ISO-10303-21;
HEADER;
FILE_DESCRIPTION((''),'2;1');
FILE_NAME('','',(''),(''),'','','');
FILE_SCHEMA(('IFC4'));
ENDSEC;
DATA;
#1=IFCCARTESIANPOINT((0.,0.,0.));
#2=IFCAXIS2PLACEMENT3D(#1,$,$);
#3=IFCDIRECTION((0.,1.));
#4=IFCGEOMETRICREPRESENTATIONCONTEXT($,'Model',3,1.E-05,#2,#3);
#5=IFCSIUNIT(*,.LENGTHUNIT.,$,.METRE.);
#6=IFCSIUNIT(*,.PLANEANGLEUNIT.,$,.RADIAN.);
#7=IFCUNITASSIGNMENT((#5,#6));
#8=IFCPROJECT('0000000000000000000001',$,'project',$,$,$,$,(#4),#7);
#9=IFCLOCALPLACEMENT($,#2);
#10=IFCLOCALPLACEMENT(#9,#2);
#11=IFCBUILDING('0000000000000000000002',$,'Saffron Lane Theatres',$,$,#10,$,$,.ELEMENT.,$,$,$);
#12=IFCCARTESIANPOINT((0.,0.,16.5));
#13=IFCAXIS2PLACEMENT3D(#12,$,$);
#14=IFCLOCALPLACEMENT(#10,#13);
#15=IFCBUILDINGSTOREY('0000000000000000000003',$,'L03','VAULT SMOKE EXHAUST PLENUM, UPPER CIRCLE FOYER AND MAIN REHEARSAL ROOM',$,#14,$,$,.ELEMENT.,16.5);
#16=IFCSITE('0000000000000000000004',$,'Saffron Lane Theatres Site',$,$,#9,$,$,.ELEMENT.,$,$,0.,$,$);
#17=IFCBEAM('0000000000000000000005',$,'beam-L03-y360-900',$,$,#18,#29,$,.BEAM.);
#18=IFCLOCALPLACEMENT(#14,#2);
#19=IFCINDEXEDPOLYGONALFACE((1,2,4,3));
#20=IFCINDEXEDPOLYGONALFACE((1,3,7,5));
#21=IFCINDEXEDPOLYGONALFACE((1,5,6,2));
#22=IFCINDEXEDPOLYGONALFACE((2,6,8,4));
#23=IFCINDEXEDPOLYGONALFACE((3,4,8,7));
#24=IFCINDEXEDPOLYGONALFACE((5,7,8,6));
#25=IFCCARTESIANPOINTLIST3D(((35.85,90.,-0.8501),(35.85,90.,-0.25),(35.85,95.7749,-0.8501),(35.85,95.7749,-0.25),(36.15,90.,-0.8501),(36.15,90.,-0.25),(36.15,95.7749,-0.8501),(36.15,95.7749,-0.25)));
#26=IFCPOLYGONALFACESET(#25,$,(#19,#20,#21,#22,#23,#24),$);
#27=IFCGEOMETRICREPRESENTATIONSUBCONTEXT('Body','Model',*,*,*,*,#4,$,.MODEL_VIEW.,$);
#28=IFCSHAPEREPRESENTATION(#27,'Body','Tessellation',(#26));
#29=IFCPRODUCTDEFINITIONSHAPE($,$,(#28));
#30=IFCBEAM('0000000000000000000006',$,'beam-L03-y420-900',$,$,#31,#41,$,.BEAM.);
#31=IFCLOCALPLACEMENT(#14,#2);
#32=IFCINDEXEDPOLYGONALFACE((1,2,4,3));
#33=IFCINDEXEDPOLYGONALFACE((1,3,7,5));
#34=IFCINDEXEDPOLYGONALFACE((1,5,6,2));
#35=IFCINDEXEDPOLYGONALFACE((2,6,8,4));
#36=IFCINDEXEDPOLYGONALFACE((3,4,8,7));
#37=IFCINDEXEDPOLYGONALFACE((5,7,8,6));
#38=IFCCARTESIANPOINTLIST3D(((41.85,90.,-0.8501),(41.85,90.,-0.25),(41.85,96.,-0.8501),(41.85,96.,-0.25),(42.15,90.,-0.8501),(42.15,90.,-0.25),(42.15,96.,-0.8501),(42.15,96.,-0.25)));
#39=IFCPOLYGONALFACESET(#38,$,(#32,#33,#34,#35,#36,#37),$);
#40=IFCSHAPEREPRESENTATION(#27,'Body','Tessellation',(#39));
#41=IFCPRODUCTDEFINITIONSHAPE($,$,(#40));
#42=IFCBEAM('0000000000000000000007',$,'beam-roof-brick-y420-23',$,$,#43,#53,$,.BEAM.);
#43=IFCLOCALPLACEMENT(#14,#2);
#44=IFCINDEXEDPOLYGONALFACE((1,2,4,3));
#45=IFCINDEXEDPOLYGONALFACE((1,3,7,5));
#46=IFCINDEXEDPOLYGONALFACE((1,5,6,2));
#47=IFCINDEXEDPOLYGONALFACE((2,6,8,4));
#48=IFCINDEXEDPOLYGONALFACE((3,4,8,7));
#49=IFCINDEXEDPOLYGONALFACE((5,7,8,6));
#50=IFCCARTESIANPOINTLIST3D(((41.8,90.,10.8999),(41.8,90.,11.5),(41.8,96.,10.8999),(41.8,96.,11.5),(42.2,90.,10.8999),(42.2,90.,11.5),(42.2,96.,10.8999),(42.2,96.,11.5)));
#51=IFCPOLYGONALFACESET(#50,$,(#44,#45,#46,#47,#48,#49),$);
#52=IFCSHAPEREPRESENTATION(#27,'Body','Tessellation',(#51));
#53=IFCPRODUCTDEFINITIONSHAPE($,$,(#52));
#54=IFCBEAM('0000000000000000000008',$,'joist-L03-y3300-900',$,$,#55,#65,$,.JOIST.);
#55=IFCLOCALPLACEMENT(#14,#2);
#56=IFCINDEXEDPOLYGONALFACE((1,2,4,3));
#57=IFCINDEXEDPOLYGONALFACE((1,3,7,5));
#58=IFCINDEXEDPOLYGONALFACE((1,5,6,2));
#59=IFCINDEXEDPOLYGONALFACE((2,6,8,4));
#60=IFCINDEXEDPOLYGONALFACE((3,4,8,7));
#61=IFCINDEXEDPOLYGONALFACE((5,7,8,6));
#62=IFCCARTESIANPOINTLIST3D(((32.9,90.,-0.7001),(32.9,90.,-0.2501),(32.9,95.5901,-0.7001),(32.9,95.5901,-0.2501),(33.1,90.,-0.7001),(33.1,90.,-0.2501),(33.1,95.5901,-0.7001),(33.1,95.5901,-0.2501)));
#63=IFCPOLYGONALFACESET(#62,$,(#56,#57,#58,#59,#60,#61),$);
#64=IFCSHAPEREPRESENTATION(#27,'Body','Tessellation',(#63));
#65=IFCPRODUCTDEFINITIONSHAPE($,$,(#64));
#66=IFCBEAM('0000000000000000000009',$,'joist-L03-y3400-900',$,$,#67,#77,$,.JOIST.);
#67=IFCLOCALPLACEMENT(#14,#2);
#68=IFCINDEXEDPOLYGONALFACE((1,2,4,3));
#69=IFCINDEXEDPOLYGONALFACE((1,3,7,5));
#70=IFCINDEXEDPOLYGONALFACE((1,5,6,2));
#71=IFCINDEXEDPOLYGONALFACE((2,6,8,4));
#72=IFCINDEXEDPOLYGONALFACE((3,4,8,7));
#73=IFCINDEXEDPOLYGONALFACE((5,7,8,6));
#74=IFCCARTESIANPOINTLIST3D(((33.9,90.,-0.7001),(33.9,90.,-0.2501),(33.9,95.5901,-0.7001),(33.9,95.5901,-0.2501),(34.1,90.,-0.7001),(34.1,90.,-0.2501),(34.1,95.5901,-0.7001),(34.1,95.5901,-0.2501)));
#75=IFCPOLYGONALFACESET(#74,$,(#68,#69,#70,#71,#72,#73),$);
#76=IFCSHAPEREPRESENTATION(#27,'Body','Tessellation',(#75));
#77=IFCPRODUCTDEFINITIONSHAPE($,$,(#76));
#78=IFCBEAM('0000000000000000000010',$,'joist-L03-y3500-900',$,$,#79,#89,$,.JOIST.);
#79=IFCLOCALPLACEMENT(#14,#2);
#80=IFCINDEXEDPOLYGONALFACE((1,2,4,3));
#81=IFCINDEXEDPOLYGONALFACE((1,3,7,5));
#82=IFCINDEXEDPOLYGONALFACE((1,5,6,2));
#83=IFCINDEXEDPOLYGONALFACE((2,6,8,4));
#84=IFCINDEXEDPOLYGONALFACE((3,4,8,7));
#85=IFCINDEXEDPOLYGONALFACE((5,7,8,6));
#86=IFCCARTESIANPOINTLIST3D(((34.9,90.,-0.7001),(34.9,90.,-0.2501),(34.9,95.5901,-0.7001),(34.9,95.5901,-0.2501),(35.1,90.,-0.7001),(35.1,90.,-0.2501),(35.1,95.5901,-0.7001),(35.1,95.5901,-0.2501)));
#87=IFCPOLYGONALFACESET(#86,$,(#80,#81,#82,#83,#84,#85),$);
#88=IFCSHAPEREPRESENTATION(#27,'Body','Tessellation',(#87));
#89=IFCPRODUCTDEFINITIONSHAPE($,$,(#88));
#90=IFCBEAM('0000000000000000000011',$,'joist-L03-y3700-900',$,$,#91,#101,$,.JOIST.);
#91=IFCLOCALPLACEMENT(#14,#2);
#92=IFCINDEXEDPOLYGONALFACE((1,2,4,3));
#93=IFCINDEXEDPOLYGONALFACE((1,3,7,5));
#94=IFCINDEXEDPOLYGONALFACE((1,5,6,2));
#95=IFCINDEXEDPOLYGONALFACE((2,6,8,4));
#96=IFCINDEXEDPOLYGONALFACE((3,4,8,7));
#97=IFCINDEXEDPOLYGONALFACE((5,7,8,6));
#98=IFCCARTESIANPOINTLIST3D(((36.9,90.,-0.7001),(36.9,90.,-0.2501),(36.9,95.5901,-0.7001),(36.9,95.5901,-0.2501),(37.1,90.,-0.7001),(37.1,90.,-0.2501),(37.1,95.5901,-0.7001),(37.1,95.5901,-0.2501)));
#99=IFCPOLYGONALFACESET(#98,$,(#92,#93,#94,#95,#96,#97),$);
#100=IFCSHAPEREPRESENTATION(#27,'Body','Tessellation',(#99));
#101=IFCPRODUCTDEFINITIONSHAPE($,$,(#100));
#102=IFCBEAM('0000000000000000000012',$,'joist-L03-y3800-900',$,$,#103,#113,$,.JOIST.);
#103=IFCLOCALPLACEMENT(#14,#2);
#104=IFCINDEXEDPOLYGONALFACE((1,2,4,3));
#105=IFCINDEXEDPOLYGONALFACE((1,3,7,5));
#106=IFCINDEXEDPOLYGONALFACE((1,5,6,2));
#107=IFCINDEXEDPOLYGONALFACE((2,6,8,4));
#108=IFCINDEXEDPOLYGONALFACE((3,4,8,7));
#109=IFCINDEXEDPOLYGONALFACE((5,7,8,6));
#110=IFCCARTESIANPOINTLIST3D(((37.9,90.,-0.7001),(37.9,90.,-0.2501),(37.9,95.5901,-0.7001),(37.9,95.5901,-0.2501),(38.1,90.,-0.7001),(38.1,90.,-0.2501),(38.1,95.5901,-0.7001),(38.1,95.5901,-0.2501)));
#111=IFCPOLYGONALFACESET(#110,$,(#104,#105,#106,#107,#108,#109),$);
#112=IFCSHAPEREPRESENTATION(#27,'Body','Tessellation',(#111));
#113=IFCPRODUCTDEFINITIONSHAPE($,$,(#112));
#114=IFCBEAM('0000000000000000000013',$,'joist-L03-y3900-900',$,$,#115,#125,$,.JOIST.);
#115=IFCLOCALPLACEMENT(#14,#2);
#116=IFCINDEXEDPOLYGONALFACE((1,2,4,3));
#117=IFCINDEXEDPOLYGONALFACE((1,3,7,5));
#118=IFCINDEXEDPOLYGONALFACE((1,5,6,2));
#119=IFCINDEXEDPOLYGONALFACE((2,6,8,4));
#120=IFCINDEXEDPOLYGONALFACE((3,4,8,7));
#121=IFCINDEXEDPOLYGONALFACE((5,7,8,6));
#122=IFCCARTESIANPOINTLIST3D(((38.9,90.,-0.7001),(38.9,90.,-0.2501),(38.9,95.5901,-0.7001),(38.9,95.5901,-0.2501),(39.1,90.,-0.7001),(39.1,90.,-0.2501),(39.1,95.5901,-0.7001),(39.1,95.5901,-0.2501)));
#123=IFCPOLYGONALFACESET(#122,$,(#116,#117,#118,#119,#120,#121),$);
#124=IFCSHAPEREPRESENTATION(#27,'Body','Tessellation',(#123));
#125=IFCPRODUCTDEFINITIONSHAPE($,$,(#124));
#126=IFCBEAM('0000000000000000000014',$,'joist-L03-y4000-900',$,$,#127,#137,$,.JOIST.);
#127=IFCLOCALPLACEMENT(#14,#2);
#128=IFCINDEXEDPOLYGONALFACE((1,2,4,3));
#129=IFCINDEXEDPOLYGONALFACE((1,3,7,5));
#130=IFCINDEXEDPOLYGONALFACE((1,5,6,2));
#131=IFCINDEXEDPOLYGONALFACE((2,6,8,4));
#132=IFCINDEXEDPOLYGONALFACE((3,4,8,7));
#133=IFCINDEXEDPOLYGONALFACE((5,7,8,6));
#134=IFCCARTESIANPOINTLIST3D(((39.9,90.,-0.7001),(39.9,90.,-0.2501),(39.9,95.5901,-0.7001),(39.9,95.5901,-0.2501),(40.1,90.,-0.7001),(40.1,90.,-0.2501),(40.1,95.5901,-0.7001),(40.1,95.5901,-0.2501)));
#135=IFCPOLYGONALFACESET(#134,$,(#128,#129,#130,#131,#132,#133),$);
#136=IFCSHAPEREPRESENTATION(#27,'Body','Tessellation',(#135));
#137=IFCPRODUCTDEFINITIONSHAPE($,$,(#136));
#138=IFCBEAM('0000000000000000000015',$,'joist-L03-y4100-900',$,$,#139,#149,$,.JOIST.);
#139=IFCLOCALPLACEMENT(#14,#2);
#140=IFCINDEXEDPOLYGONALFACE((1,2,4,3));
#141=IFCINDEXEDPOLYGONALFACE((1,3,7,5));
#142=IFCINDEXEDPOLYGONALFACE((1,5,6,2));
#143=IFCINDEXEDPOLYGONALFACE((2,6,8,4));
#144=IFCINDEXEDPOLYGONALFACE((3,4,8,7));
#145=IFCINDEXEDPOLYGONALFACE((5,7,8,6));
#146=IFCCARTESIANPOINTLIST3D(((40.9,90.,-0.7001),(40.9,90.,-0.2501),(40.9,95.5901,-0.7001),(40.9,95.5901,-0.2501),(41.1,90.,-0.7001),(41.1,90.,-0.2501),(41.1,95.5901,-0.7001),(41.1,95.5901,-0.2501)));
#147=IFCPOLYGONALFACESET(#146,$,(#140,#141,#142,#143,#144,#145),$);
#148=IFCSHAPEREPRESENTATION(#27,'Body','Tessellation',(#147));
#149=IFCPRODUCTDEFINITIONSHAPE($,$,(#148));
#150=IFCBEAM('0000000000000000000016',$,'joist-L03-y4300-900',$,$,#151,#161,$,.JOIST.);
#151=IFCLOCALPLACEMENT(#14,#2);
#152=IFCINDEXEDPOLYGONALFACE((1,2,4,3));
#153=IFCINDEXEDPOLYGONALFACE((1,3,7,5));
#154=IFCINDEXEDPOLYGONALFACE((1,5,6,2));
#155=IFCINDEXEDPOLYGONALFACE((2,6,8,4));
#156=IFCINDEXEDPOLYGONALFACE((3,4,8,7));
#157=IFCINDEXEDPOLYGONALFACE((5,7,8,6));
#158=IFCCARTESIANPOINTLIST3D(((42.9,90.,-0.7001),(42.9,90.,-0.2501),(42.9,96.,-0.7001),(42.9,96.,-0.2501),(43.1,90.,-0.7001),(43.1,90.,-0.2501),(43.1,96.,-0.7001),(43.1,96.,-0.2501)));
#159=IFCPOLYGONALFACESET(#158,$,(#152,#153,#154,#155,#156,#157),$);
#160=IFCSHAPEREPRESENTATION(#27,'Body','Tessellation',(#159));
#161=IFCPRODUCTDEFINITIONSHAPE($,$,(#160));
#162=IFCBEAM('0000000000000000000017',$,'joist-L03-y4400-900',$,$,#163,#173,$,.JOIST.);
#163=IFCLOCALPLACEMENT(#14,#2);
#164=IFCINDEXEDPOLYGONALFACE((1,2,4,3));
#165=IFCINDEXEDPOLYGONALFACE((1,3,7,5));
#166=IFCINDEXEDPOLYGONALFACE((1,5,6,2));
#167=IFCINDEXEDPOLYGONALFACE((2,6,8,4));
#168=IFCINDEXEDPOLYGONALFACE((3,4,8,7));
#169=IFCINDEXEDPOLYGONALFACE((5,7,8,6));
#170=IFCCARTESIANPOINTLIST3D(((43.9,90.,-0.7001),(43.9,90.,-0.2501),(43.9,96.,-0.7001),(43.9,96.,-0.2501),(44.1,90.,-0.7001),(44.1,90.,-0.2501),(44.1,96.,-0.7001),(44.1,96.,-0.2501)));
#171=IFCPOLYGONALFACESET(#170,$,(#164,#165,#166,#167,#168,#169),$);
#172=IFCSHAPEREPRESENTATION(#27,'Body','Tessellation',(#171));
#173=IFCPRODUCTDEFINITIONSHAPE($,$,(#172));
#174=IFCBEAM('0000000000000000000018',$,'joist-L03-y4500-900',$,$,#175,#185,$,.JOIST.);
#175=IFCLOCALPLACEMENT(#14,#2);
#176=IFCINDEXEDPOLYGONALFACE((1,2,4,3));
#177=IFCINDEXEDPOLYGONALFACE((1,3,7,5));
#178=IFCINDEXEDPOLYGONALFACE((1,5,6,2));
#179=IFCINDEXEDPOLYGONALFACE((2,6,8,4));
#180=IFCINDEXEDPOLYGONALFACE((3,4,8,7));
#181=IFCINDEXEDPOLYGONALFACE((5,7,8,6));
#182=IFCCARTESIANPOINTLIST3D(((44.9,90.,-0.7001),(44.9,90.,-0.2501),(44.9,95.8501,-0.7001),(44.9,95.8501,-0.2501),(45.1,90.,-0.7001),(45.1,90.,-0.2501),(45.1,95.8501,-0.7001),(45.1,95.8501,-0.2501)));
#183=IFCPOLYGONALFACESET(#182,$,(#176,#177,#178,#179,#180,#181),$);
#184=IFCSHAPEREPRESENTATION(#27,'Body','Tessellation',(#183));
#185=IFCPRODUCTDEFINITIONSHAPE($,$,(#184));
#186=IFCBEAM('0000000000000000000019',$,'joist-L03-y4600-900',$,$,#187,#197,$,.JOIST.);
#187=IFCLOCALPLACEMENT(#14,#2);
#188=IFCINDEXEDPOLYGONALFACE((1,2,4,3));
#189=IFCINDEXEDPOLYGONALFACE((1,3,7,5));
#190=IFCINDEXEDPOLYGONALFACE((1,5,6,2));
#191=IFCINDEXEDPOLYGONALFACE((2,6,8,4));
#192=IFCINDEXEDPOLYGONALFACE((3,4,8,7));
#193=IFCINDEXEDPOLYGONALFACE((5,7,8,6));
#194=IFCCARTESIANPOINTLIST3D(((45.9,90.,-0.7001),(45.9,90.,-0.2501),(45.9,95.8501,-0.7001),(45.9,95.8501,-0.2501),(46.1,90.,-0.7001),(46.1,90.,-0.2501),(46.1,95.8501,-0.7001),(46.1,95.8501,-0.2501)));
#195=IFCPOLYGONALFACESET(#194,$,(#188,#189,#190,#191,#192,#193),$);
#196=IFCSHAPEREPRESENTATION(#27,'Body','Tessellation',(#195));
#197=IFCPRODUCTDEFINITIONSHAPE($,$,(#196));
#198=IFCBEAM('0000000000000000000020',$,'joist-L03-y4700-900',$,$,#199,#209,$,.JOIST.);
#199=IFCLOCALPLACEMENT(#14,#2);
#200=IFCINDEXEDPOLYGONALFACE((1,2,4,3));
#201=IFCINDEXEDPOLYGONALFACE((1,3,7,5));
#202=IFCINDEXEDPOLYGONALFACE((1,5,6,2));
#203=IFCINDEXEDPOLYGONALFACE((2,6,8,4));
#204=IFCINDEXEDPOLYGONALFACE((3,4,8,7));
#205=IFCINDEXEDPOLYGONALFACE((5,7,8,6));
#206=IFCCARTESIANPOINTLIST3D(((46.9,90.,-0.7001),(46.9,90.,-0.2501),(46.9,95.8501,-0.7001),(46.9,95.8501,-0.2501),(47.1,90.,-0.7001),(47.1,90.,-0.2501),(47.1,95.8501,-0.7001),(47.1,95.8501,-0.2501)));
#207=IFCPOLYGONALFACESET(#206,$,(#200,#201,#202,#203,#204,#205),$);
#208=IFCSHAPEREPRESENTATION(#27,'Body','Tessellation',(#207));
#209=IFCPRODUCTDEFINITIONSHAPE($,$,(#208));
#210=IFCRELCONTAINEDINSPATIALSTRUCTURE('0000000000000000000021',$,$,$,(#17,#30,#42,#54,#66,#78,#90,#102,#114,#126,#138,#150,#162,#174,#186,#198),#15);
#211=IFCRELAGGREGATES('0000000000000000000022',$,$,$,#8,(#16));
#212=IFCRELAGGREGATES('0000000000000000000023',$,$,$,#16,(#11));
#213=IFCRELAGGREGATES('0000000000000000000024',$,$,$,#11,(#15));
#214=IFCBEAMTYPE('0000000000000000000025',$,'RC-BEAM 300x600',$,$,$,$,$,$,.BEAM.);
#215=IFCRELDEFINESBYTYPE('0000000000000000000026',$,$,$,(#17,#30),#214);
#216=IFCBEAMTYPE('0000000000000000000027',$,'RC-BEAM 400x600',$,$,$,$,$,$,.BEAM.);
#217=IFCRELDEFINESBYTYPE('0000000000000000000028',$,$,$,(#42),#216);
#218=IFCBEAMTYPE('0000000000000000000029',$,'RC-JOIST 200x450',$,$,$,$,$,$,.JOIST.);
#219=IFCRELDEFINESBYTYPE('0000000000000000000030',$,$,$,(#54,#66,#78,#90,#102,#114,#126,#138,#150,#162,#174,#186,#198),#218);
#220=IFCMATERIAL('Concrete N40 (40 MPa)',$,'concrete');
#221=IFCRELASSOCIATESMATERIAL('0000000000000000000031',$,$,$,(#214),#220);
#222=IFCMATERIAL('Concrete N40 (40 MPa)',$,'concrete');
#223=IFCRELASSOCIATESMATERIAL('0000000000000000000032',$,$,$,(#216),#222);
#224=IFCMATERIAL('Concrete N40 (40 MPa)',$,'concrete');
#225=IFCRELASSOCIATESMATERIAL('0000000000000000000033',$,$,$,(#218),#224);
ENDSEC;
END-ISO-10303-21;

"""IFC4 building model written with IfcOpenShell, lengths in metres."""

from ifc_helpers import new_model, si_unit, direction, frame, origin, origin_2d, place, context, subcontext, project, spatial, rectangle, extrude, material, material_profile, profile_set, type_object, element, save


model = new_model("IFC4")

# Units and contexts
model_context = context("Model", 3, precision=1e-05, world=origin(), true_north=direction((0.0, 1.0)))
body_context = subcontext(model_context, "Body", "Model", "MODEL_VIEW")
ifc_project = project(units=[si_unit("LENGTHUNIT", "METRE"), si_unit("PLANEANGLEUNIT", "RADIAN")], contexts=[model_context])

# Site, building, storey
site_placement = place(None, origin())
site = spatial("IfcSite", under=ifc_project, at=site_placement, Name="Saffron Lane Theatres Site", CompositionType="ELEMENT", RefElevation=0.0)
building_placement = place(site_placement, origin())
building = spatial("IfcBuilding", under=site, at=building_placement, Name="Saffron Lane Theatres", CompositionType="ELEMENT")
storey_placement = place(building_placement, frame((0.0, 0.0, 16.5)))
storey = spatial("IfcBuildingStorey", under=building, at=storey_placement, Name="L03", Description="VAULT SMOKE EXHAUST PLENUM, UPPER CIRCLE FOYER AND MAIN REHEARSAL ROOM", CompositionType="ELEMENT", Elevation=16.5)

# Beams
ifc_material_1 = material(Name="Concrete N40 (40 MPa)", Category="concrete")
ifc_material_profile_1 = material_profile(ifc_material_1, rectangle(XDim=0.3, YDim=0.6001, at=origin_2d()))
ifc_profile_set_1 = profile_set([ifc_material_profile_1], Name="Concrete N40 (40 MPa)")
beam_type_1 = type_object("IfcBeamType", Name="RC-BEAM 300x600", PredefinedType="BEAM", material=ifc_profile_set_1)
beam_1_placement = place(storey_placement, frame((36.0, 90.0, -0.55), z_axis=(0.0, 1.0, 0.0), x_axis=(-1.0, 0.0, 0.0)))
element("IfcBeam", 1, at=beam_1_placement, inside=storey, type_object=beam_type_1, Name="beam-L03-y360-900", PredefinedType="BEAM", context=body_context, shape_type="SweptSolid", body=[
    extrude(rectangle(XDim=0.3, YDim=0.6001, at=origin_2d()), origin(), (0.0, 0.0, 1.0), 5.7749),
])
beam_2_placement = place(storey_placement, frame((42.0, 90.0, -0.55), z_axis=(0.0, 1.0, 0.0), x_axis=(-1.0, 0.0, 0.0)))
element("IfcBeam", 2, at=beam_2_placement, inside=storey, type_object=beam_type_1, Name="beam-L03-y420-900", PredefinedType="BEAM", context=body_context, shape_type="SweptSolid", body=[
    extrude(rectangle(XDim=0.3, YDim=0.6001, at=origin_2d()), origin(), (0.0, 0.0, 1.0), 6.0),
])
ifc_material_2 = material(Name="Concrete N40 (40 MPa)", Category="concrete")
ifc_material_profile_2 = material_profile(ifc_material_2, rectangle(XDim=0.3999, YDim=0.6001, at=origin_2d()))
ifc_profile_set_2 = profile_set([ifc_material_profile_2], Name="Concrete N40 (40 MPa)")
beam_type_2 = type_object("IfcBeamType", Name="RC-BEAM 400x600", PredefinedType="BEAM", material=ifc_profile_set_2)
beam_3_placement = place(storey_placement, frame((42.0, 90.0, 11.2), z_axis=(0.0, 1.0, 0.0), x_axis=(-1.0, 0.0, 0.0)))
element("IfcBeam", 3, at=beam_3_placement, inside=storey, type_object=beam_type_2, Name="beam-roof-brick-y420-23", PredefinedType="BEAM", context=body_context, shape_type="SweptSolid", body=[
    extrude(rectangle(XDim=0.3999, YDim=0.6001, at=origin_2d()), origin(), (0.0, 0.0, 1.0), 6.0),
])
ifc_material_3 = material(Name="Concrete N40 (40 MPa)", Category="concrete")
ifc_material_profile_3 = material_profile(ifc_material_3, rectangle(XDim=0.2, YDim=0.45, at=origin_2d()))
ifc_profile_set_3 = profile_set([ifc_material_profile_3], Name="Concrete N40 (40 MPa)")
beam_type_3 = type_object("IfcBeamType", Name="RC-JOIST 200x450", PredefinedType="JOIST", material=ifc_profile_set_3)
for number, where, z_axis, x_axis, name in (
    (4, (33.0, 90.0, -0.4751), (0.0, 1.0, 0.0), (-1.0, 0.0, 0.0), "joist-L03-y3300-900"),
    (5, (34.0, 90.0, -0.4751), (0.0, 1.0, 0.0), (-1.0, 0.0, 0.0), "joist-L03-y3400-900"),
    (6, (35.0, 90.0, -0.4751), (0.0, 1.0, 0.0), (-1.0, 0.0, 0.0), "joist-L03-y3500-900"),
    (7, (37.0, 90.0, -0.4751), (0.0, 1.0, 0.0), (-1.0, 0.0, 0.0), "joist-L03-y3700-900"),
    (8, (38.0, 90.0, -0.4751), (0.0, 1.0, 0.0), (-1.0, 0.0, 0.0), "joist-L03-y3800-900"),
    (9, (39.0, 90.0, -0.4751), (0.0, 1.0, 0.0), (-1.0, 0.0, 0.0), "joist-L03-y3900-900"),
    (10, (40.0, 90.0, -0.4751), (0.0, 1.0, 0.0), (-1.0, 0.0, 0.0), "joist-L03-y4000-900"),
    (11, (41.0, 90.0, -0.4751), (0.0, 1.0, 0.0), (-1.0, 0.0, 0.0), "joist-L03-y4100-900"),
):
    element("IfcBeam", number, at=place(storey_placement, frame(where, z_axis=z_axis, x_axis=x_axis)), inside=storey, type_object=beam_type_3, Name=name, PredefinedType="JOIST", context=body_context, shape_type="SweptSolid", body=[
        extrude(rectangle(XDim=0.2, YDim=0.45, at=origin_2d()), origin(), (0.0, 0.0, 1.0), 5.5901),
    ])
for number, where, z_axis, x_axis, name in (
    (12, (43.0, 90.0, -0.4751), (0.0, 1.0, 0.0), (-1.0, 0.0, 0.0), "joist-L03-y4300-900"),
    (13, (44.0, 90.0, -0.4751), (0.0, 1.0, 0.0), (-1.0, 0.0, 0.0), "joist-L03-y4400-900"),
):
    element("IfcBeam", number, at=place(storey_placement, frame(where, z_axis=z_axis, x_axis=x_axis)), inside=storey, type_object=beam_type_3, Name=name, PredefinedType="JOIST", context=body_context, shape_type="SweptSolid", body=[
        extrude(rectangle(XDim=0.2, YDim=0.45, at=origin_2d()), origin(), (0.0, 0.0, 1.0), 6.0),
    ])
for number, where, z_axis, x_axis, name in (
    (14, (45.0, 90.0, -0.4751), (0.0, 1.0, 0.0), (-1.0, 0.0, 0.0), "joist-L03-y4500-900"),
    (15, (46.0, 90.0, -0.4751), (0.0, 1.0, 0.0), (-1.0, 0.0, 0.0), "joist-L03-y4600-900"),
    (16, (47.0, 90.0, -0.4751), (0.0, 1.0, 0.0), (-1.0, 0.0, 0.0), "joist-L03-y4700-900"),
):
    element("IfcBeam", number, at=place(storey_placement, frame(where, z_axis=z_axis, x_axis=x_axis)), inside=storey, type_object=beam_type_3, Name=name, PredefinedType="JOIST", context=body_context, shape_type="SweptSolid", body=[
        extrude(rectangle(XDim=0.2, YDim=0.45, at=origin_2d()), origin(), (0.0, 0.0, 1.0), 5.8501),
    ])

save(model, "model.ifc")
